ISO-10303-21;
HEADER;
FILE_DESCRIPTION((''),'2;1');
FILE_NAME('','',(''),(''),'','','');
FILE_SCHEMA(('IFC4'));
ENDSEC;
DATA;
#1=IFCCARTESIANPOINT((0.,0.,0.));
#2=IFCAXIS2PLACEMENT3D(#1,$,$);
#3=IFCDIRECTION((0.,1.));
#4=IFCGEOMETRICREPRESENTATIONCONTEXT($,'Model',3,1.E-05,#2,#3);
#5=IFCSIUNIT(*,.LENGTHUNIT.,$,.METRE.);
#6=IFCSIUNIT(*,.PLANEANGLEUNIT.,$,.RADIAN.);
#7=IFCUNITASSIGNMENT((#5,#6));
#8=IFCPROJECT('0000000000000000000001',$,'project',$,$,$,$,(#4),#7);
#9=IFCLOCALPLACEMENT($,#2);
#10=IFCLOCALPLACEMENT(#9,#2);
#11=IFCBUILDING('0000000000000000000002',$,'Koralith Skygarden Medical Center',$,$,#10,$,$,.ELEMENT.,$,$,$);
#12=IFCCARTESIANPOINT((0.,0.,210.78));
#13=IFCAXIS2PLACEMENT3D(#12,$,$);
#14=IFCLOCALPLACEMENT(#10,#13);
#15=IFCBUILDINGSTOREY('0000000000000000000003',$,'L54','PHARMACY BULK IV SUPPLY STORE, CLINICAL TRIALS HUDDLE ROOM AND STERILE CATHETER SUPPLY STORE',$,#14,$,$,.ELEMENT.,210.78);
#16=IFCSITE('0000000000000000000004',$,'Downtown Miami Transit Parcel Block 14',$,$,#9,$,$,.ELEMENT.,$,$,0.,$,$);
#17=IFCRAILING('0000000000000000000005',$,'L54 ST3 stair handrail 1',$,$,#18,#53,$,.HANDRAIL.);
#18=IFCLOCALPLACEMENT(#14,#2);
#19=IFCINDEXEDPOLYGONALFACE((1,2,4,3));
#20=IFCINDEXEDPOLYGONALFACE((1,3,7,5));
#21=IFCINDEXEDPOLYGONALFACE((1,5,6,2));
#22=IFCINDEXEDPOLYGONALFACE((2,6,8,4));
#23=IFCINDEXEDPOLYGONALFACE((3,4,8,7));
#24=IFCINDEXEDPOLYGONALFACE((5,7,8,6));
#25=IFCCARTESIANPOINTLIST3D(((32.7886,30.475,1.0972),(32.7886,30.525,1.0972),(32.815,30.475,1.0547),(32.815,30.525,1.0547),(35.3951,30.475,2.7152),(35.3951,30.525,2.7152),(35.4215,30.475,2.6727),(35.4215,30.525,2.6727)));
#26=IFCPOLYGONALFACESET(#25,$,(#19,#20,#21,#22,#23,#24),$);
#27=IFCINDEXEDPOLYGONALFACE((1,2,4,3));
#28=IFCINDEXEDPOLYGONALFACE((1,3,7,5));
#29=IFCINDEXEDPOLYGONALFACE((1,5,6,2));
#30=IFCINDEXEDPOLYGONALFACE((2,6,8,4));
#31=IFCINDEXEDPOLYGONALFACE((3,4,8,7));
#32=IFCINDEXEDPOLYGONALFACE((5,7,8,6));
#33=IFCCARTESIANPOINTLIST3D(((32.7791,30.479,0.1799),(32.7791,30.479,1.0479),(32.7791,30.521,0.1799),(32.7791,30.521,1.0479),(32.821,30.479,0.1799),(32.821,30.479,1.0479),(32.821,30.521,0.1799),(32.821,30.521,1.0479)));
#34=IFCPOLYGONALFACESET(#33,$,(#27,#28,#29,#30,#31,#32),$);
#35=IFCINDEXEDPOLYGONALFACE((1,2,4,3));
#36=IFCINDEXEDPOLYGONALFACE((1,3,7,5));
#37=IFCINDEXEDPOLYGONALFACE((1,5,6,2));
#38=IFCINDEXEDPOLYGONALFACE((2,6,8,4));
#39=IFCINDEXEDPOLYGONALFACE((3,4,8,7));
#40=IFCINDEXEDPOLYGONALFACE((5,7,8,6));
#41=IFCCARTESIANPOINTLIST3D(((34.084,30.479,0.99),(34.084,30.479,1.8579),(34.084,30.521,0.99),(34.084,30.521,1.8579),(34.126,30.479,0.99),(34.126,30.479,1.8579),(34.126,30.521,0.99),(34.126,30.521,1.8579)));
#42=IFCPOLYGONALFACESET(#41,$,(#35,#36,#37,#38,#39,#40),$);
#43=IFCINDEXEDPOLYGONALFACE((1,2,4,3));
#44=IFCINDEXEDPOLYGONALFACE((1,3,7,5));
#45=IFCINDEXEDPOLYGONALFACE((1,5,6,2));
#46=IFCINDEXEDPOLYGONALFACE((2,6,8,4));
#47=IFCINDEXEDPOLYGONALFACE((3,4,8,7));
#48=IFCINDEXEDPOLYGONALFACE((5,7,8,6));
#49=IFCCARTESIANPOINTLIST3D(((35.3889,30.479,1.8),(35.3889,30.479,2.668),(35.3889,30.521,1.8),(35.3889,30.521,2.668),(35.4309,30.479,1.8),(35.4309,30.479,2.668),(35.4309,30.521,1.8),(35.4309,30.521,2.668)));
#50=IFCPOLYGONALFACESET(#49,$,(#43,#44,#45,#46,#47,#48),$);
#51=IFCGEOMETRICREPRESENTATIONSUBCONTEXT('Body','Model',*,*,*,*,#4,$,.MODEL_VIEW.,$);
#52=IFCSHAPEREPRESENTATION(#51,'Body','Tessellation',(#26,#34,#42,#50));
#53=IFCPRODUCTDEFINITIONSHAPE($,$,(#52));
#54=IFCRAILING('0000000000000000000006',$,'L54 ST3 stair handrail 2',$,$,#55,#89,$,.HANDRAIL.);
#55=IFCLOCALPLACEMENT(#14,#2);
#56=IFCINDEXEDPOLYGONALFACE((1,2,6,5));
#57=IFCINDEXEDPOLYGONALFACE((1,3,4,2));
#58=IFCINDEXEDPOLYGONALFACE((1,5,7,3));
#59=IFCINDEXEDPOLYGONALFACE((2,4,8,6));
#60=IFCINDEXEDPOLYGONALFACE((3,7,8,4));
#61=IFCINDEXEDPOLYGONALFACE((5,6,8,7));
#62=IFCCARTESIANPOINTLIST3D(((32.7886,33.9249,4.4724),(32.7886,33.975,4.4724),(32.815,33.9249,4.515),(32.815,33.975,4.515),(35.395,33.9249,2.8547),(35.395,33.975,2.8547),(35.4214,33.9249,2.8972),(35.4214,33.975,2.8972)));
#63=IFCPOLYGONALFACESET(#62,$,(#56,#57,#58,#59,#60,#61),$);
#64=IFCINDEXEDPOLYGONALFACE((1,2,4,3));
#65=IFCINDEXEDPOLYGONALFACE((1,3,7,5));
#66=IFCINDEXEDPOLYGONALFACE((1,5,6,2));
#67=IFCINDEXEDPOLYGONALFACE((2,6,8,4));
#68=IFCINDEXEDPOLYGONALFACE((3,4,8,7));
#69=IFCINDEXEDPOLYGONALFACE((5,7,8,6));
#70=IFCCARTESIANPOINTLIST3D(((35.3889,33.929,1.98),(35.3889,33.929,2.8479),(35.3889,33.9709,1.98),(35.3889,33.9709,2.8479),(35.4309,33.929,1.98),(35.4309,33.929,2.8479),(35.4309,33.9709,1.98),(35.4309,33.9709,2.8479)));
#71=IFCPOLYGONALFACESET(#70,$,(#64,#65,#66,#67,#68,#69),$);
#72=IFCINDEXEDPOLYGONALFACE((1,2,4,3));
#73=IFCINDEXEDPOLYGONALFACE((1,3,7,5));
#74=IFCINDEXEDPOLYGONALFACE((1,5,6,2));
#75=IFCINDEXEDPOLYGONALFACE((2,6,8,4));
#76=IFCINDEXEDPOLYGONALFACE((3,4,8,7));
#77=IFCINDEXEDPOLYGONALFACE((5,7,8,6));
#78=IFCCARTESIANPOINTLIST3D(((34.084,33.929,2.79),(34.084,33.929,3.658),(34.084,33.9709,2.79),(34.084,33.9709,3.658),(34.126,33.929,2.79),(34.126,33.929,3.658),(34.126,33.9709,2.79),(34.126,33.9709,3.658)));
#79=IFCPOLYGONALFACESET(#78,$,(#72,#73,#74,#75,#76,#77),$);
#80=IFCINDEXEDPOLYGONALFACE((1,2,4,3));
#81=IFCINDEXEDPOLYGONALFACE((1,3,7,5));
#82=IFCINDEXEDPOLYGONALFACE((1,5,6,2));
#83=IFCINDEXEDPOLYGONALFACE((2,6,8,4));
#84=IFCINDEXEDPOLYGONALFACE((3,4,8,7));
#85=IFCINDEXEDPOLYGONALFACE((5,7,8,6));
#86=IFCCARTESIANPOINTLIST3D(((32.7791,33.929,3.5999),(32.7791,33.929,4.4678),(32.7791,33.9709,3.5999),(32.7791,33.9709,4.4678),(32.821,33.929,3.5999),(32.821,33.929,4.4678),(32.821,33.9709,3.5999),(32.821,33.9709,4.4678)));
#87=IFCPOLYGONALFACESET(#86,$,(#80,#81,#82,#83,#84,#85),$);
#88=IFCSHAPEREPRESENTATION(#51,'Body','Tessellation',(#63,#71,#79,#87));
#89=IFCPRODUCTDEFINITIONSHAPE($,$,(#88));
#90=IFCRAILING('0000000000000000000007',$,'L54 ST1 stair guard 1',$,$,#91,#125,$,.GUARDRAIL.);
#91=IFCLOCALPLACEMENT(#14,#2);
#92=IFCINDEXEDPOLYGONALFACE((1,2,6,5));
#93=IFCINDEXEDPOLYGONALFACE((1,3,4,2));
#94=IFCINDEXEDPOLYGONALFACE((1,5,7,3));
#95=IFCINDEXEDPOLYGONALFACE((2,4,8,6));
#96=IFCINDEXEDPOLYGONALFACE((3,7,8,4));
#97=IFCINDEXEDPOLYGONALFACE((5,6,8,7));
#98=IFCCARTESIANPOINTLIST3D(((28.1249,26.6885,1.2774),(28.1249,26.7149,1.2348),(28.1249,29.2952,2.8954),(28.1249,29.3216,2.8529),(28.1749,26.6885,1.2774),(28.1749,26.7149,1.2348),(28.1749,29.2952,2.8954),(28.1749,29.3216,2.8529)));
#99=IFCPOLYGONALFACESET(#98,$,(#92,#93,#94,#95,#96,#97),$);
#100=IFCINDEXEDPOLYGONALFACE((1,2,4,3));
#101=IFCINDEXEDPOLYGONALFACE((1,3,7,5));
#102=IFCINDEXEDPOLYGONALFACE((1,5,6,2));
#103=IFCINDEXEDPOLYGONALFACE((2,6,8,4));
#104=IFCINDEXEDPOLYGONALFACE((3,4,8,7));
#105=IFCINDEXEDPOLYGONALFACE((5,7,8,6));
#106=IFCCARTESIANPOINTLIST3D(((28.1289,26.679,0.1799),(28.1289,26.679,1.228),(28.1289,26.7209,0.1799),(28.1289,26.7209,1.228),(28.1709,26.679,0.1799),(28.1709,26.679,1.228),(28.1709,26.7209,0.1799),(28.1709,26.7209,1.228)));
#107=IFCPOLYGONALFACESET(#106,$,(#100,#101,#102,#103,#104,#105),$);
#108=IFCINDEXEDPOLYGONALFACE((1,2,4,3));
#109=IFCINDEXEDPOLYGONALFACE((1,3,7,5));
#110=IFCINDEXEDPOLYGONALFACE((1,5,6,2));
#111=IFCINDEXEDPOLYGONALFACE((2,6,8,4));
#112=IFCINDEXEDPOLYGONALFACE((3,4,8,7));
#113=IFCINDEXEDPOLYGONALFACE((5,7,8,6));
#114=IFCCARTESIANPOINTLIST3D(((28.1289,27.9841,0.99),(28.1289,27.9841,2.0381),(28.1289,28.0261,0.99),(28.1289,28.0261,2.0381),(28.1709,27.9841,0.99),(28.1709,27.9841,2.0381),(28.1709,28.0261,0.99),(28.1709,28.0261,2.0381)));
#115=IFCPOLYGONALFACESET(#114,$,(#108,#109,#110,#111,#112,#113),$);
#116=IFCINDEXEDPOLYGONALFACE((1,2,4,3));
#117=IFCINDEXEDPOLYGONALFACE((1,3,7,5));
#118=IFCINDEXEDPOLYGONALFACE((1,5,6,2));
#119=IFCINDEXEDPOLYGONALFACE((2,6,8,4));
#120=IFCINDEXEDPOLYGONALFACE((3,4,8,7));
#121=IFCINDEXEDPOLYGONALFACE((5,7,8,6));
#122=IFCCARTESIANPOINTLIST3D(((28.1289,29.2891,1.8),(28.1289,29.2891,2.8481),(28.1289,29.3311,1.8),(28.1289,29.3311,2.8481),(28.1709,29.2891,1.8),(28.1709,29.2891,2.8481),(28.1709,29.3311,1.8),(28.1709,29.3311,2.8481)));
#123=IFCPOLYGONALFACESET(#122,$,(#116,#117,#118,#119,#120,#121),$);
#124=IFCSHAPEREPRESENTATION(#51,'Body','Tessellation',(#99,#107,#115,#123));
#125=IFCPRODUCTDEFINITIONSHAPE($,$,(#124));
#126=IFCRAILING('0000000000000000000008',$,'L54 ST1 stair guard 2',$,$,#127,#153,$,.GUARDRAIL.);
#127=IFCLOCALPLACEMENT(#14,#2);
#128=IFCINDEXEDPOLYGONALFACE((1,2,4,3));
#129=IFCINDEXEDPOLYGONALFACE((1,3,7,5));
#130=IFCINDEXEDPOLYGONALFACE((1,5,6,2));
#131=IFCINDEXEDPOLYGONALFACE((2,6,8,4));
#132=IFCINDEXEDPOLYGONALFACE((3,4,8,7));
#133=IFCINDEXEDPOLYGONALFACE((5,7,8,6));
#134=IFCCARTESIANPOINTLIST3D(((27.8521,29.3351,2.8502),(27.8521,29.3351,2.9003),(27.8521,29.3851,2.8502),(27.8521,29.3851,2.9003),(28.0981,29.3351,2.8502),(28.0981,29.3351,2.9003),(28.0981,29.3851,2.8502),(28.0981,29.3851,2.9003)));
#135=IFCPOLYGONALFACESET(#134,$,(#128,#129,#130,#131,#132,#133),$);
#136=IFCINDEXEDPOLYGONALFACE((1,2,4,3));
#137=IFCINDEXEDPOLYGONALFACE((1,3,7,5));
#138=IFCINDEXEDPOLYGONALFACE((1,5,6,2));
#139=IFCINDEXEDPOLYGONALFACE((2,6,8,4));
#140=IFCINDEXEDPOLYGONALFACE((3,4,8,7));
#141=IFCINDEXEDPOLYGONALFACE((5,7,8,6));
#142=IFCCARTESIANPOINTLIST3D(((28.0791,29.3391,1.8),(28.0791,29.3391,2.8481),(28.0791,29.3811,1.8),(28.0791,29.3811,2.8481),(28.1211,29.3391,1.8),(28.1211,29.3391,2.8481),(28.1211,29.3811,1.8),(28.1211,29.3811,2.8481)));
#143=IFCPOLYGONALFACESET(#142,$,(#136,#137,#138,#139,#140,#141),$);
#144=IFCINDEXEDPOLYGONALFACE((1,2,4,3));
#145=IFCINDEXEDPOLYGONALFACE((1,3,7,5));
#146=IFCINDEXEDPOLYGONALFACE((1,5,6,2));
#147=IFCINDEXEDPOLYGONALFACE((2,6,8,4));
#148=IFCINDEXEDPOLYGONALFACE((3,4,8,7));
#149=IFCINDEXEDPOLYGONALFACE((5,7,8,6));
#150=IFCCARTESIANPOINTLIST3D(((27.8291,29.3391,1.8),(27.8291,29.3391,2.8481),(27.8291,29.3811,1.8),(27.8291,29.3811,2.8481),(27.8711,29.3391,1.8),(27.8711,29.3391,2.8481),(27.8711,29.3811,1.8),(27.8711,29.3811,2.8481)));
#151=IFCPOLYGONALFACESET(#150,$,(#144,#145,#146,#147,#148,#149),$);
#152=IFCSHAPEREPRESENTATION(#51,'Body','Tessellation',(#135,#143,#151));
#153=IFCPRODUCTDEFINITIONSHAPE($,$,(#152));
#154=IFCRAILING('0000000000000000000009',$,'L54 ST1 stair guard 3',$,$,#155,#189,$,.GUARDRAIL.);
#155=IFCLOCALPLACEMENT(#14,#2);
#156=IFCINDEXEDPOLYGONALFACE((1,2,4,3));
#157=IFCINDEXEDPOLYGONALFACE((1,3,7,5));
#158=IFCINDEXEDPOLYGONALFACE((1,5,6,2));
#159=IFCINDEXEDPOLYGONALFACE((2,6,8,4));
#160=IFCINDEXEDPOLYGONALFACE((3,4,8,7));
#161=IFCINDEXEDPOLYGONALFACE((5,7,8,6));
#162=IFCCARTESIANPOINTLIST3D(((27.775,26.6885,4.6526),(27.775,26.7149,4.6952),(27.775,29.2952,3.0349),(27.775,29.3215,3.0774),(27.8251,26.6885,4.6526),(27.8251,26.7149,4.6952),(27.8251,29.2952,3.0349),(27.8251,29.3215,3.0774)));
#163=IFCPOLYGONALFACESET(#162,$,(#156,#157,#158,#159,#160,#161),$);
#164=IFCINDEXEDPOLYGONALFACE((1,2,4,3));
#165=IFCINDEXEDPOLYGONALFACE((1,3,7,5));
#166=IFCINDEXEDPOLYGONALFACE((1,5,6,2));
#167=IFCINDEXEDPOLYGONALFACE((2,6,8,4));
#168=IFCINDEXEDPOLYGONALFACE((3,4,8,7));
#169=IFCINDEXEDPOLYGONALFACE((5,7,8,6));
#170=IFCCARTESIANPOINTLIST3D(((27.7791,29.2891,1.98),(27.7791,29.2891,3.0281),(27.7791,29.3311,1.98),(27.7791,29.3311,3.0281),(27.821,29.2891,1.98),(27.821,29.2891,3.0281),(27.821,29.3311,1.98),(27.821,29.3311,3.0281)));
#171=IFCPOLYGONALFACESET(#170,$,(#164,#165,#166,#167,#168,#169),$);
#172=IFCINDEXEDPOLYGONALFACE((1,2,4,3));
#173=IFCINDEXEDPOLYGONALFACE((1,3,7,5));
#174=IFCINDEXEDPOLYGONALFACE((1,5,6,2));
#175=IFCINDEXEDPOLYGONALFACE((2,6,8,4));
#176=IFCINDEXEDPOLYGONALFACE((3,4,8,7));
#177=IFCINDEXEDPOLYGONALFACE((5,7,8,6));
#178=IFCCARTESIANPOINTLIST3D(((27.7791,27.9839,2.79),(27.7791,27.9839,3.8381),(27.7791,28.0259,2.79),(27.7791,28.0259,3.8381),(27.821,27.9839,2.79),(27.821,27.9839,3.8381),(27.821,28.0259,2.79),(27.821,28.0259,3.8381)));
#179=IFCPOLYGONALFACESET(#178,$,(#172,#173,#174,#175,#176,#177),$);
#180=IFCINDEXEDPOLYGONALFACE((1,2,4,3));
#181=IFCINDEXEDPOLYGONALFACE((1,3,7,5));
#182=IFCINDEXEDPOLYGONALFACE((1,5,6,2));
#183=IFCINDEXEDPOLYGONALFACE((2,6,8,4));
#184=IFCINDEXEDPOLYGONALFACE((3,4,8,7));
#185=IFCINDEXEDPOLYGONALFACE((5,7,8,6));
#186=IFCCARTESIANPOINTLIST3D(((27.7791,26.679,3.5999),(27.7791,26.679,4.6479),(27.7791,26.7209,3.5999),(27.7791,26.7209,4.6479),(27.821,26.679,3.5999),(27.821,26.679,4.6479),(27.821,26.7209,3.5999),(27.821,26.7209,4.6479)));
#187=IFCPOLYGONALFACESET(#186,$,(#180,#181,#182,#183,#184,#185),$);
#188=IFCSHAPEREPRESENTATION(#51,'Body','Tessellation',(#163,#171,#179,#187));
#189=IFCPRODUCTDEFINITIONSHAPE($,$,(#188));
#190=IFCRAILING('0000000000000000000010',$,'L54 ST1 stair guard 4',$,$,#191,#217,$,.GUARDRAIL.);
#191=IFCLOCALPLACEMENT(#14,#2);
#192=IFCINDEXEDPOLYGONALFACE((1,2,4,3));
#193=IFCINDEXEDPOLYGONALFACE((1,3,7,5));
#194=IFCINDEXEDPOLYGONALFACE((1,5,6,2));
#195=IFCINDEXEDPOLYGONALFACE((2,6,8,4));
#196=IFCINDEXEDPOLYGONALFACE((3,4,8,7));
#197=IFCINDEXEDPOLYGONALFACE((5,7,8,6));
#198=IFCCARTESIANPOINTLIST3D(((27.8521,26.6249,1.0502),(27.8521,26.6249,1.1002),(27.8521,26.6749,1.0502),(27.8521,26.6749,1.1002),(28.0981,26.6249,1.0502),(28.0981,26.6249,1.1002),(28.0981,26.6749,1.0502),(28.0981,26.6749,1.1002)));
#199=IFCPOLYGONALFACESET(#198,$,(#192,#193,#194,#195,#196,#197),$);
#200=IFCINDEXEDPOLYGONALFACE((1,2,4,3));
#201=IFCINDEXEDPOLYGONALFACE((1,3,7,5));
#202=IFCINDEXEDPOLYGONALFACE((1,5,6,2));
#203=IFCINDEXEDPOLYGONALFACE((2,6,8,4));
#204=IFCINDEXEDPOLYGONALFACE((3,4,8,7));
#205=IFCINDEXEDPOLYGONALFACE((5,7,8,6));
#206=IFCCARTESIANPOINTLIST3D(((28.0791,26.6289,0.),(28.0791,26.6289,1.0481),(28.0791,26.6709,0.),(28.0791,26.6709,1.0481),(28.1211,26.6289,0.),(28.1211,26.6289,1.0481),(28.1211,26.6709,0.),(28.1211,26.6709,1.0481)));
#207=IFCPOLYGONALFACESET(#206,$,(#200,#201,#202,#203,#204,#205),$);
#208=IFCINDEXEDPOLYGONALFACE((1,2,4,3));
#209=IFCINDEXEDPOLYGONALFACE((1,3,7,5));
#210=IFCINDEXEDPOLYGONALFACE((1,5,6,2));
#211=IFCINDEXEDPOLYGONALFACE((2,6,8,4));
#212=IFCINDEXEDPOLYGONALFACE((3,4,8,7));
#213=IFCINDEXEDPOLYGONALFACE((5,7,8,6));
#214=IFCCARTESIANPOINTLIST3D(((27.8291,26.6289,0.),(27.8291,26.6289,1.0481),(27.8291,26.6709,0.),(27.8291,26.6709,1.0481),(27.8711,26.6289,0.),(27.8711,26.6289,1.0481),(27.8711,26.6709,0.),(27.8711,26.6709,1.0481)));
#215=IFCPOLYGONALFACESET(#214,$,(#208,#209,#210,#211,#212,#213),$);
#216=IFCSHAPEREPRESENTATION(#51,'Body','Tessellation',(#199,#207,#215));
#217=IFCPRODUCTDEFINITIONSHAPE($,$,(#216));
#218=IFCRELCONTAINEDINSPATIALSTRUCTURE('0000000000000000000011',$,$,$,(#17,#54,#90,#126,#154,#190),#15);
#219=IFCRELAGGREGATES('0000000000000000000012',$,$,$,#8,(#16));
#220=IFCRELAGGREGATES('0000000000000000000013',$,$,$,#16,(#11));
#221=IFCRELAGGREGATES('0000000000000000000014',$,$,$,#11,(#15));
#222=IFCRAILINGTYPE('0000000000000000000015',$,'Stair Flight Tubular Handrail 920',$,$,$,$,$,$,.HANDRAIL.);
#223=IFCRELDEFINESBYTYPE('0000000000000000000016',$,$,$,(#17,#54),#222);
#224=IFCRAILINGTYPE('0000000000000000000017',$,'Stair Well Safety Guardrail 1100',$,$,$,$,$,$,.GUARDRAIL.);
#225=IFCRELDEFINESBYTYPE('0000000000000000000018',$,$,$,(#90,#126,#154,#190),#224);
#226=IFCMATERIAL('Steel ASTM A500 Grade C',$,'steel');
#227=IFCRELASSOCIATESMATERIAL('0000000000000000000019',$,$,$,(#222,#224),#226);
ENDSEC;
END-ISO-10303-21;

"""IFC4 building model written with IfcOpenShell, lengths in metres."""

from ifc_helpers import new_model, si_unit, direction, frame, origin, origin_2d, place, context, subcontext, project, spatial, rectangle, extrude, material, type_object, element, save


model = new_model("IFC4")

# Units and contexts
model_context = context("Model", 3, precision=1e-05, world=origin(), true_north=direction((0.0, 1.0)))
body_context = subcontext(model_context, "Body", "Model", "MODEL_VIEW")
ifc_project = project(units=[si_unit("LENGTHUNIT", "METRE"), si_unit("PLANEANGLEUNIT", "RADIAN")], contexts=[model_context])

# Site, building, storey
site_placement = place(None, origin())
site = spatial("IfcSite", under=ifc_project, at=site_placement, Name="Downtown Miami Transit Parcel Block 14", CompositionType="ELEMENT", RefElevation=0.0)
building_placement = place(site_placement, origin())
building = spatial("IfcBuilding", under=site, at=building_placement, Name="Koralith Skygarden Medical Center", CompositionType="ELEMENT")
storey_placement = place(building_placement, frame((0.0, 0.0, 210.78)))
storey = spatial("IfcBuildingStorey", under=building, at=storey_placement, Name="L54", Description="PHARMACY BULK IV SUPPLY STORE, CLINICAL TRIALS HUDDLE ROOM AND STERILE CATHETER SUPPLY STORE", CompositionType="ELEMENT", Elevation=210.78)

# Railings
ifc_material_1 = material(Name="Steel ASTM A500 Grade C", Category="steel")
railing_type_1 = type_object("IfcRailingType", Name="Stair Flight Tubular Handrail 920", PredefinedType="HANDRAIL", material=ifc_material_1)
railing_1_placement = place(storey_placement, frame((32.8, 30.5, 0.1799)))
element("IfcRailing", 1, at=railing_1_placement, inside=storey, type_object=railing_type_1, Name="L54 ST3 stair handrail 1", PredefinedType="HANDRAIL", context=body_context, shape_type="SweptSolid", body=[
    extrude(rectangle(XDim=0.05, YDim=0.05, at=origin_2d()), frame((0.0017, 0.0, 0.896), z_axis=(0.849611, 0.0, 0.52741), x_axis=(0.0, 1.0, 0.0)), (0.0, 0.0, 1.0), 3.0679),
    extrude(rectangle(XDim=0.042, YDim=0.042, at=origin_2d()), origin(), (0.0, 0.0, 1.0), 0.8679),
    extrude(rectangle(XDim=0.042, YDim=0.042, at=origin_2d()), frame((1.3049, 0.0, 0.8101)), (0.0, 0.0, 1.0), 0.8679),
    extrude(rectangle(XDim=0.042, YDim=0.042, at=origin_2d()), frame((2.6099, 0.0, 1.6201)), (0.0, 0.0, 1.0), 0.8679),
])
railing_2_placement = place(storey_placement, frame((35.4099, 33.95, 1.98)))
element("IfcRailing", 2, at=railing_2_placement, inside=storey, type_object=railing_type_1, Name="L54 ST3 stair handrail 2", PredefinedType="HANDRAIL", context=body_context, shape_type="SweptSolid", body=[
    extrude(rectangle(XDim=0.05, YDim=0.05, at=origin_2d()), frame((-0.0017, 0.0, 0.896), z_axis=(-0.849646, 0.0, 0.527353), x_axis=(0.0, -1.0, 0.0)), (0.0, 0.0, 1.0), 3.0676),
    extrude(rectangle(XDim=0.042, YDim=0.042, at=origin_2d()), origin(), (0.0, 0.0, 1.0), 0.8679),
    extrude(rectangle(XDim=0.042, YDim=0.042, at=origin_2d()), frame((-1.3049, 0.0, 0.8101)), (0.0, 0.0, 1.0), 0.8679),
    extrude(rectangle(XDim=0.042, YDim=0.042, at=origin_2d()), frame((-2.6099, 0.0, 1.6199)), (0.0, 0.0, 1.0), 0.8679),
])
railing_type_2 = type_object("IfcRailingType", Name="Stair Well Safety Guardrail 1100", PredefinedType="GUARDRAIL", material=ifc_material_1)
railing_3_placement = place(storey_placement, frame((28.1499, 26.7, 0.1799)))
element("IfcRailing", 3, at=railing_3_placement, inside=storey, type_object=railing_type_2, Name="L54 ST1 stair guard 1", PredefinedType="GUARDRAIL", context=body_context, shape_type="SweptSolid", body=[
    extrude(rectangle(XDim=0.05, YDim=0.05, at=origin_2d()), frame((0.0, 0.0017, 1.0762), z_axis=(0.0, 0.849633, 0.527375), x_axis=(-1.0, 0.0, 0.0)), (0.0, 0.0, 1.0), 3.0681),
    extrude(rectangle(XDim=0.042, YDim=0.042, at=origin_2d()), origin(), (0.0, 0.0, 1.0), 1.0481),
    extrude(rectangle(XDim=0.042, YDim=0.042, at=origin_2d()), frame((0.0, 1.3052, 0.8101)), (0.0, 0.0, 1.0), 1.0481),
    extrude(rectangle(XDim=0.042, YDim=0.042, at=origin_2d()), frame((0.0, 2.6101, 1.6201)), (0.0, 0.0, 1.0), 1.0481),
])
railing_4_placement = place(storey_placement, frame((28.1001, 29.3601, 1.8)))
element("IfcRailing", 4, at=railing_4_placement, inside=storey, type_object=railing_type_2, Name="L54 ST1 stair guard 2", PredefinedType="GUARDRAIL", context=body_context, shape_type="SweptSolid", body=[
    extrude(rectangle(XDim=0.05, YDim=0.05, at=origin_2d()), frame((-0.002, 0.0, 1.0752), z_axis=(-1.0, 0.0, 0.0), x_axis=(0.0, -1.0, 0.0)), (0.0, 0.0, 1.0), 0.2461),
    extrude(rectangle(XDim=0.042, YDim=0.042, at=origin_2d()), origin(), (0.0, 0.0, 1.0), 1.0481),
    extrude(rectangle(XDim=0.042, YDim=0.042, at=origin_2d()), frame((-0.25, 0.0, 0.0)), (0.0, 0.0, 1.0), 1.0481),
])
railing_5_placement = place(storey_placement, frame((27.8, 29.3101, 1.98)))
element("IfcRailing", 5, at=railing_5_placement, inside=storey, type_object=railing_type_2, Name="L54 ST1 stair guard 3", PredefinedType="GUARDRAIL", context=body_context, shape_type="SweptSolid", body=[
    extrude(rectangle(XDim=0.05, YDim=0.05, at=origin_2d()), frame((0.0, -0.0017, 1.0762), z_axis=(0.0, -0.849668, 0.527317), x_axis=(1.0, 0.0, 0.0)), (0.0, 0.0, 1.0), 3.0679),
    extrude(rectangle(XDim=0.042, YDim=0.042, at=origin_2d()), origin(), (0.0, 0.0, 1.0), 1.0481),
    extrude(rectangle(XDim=0.042, YDim=0.042, at=origin_2d()), frame((0.0, -1.3052, 0.8101)), (0.0, 0.0, 1.0), 1.0481),
    extrude(rectangle(XDim=0.042, YDim=0.042, at=origin_2d()), frame((0.0, -2.6101, 1.6199)), (0.0, 0.0, 1.0), 1.0481),
])
railing_6_placement = place(storey_placement, frame((28.1001, 26.6499, 0.0)))
element("IfcRailing", 6, at=railing_6_placement, inside=storey, type_object=railing_type_2, Name="L54 ST1 stair guard 4", PredefinedType="GUARDRAIL", context=body_context, shape_type="SweptSolid", body=[
    extrude(rectangle(XDim=0.05, YDim=0.05, at=origin_2d()), frame((-0.002, 0.0, 1.0752), z_axis=(-1.0, 0.0, 0.0), x_axis=(0.0, -1.0, 0.0)), (0.0, 0.0, 1.0), 0.2461),
    extrude(rectangle(XDim=0.042, YDim=0.042, at=origin_2d()), origin(), (0.0, 0.0, 1.0), 1.0481),
    extrude(rectangle(XDim=0.042, YDim=0.042, at=origin_2d()), frame((-0.25, 0.0, 0.0)), (0.0, 0.0, 1.0), 1.0481),
])

save(model, "model.ifc")
